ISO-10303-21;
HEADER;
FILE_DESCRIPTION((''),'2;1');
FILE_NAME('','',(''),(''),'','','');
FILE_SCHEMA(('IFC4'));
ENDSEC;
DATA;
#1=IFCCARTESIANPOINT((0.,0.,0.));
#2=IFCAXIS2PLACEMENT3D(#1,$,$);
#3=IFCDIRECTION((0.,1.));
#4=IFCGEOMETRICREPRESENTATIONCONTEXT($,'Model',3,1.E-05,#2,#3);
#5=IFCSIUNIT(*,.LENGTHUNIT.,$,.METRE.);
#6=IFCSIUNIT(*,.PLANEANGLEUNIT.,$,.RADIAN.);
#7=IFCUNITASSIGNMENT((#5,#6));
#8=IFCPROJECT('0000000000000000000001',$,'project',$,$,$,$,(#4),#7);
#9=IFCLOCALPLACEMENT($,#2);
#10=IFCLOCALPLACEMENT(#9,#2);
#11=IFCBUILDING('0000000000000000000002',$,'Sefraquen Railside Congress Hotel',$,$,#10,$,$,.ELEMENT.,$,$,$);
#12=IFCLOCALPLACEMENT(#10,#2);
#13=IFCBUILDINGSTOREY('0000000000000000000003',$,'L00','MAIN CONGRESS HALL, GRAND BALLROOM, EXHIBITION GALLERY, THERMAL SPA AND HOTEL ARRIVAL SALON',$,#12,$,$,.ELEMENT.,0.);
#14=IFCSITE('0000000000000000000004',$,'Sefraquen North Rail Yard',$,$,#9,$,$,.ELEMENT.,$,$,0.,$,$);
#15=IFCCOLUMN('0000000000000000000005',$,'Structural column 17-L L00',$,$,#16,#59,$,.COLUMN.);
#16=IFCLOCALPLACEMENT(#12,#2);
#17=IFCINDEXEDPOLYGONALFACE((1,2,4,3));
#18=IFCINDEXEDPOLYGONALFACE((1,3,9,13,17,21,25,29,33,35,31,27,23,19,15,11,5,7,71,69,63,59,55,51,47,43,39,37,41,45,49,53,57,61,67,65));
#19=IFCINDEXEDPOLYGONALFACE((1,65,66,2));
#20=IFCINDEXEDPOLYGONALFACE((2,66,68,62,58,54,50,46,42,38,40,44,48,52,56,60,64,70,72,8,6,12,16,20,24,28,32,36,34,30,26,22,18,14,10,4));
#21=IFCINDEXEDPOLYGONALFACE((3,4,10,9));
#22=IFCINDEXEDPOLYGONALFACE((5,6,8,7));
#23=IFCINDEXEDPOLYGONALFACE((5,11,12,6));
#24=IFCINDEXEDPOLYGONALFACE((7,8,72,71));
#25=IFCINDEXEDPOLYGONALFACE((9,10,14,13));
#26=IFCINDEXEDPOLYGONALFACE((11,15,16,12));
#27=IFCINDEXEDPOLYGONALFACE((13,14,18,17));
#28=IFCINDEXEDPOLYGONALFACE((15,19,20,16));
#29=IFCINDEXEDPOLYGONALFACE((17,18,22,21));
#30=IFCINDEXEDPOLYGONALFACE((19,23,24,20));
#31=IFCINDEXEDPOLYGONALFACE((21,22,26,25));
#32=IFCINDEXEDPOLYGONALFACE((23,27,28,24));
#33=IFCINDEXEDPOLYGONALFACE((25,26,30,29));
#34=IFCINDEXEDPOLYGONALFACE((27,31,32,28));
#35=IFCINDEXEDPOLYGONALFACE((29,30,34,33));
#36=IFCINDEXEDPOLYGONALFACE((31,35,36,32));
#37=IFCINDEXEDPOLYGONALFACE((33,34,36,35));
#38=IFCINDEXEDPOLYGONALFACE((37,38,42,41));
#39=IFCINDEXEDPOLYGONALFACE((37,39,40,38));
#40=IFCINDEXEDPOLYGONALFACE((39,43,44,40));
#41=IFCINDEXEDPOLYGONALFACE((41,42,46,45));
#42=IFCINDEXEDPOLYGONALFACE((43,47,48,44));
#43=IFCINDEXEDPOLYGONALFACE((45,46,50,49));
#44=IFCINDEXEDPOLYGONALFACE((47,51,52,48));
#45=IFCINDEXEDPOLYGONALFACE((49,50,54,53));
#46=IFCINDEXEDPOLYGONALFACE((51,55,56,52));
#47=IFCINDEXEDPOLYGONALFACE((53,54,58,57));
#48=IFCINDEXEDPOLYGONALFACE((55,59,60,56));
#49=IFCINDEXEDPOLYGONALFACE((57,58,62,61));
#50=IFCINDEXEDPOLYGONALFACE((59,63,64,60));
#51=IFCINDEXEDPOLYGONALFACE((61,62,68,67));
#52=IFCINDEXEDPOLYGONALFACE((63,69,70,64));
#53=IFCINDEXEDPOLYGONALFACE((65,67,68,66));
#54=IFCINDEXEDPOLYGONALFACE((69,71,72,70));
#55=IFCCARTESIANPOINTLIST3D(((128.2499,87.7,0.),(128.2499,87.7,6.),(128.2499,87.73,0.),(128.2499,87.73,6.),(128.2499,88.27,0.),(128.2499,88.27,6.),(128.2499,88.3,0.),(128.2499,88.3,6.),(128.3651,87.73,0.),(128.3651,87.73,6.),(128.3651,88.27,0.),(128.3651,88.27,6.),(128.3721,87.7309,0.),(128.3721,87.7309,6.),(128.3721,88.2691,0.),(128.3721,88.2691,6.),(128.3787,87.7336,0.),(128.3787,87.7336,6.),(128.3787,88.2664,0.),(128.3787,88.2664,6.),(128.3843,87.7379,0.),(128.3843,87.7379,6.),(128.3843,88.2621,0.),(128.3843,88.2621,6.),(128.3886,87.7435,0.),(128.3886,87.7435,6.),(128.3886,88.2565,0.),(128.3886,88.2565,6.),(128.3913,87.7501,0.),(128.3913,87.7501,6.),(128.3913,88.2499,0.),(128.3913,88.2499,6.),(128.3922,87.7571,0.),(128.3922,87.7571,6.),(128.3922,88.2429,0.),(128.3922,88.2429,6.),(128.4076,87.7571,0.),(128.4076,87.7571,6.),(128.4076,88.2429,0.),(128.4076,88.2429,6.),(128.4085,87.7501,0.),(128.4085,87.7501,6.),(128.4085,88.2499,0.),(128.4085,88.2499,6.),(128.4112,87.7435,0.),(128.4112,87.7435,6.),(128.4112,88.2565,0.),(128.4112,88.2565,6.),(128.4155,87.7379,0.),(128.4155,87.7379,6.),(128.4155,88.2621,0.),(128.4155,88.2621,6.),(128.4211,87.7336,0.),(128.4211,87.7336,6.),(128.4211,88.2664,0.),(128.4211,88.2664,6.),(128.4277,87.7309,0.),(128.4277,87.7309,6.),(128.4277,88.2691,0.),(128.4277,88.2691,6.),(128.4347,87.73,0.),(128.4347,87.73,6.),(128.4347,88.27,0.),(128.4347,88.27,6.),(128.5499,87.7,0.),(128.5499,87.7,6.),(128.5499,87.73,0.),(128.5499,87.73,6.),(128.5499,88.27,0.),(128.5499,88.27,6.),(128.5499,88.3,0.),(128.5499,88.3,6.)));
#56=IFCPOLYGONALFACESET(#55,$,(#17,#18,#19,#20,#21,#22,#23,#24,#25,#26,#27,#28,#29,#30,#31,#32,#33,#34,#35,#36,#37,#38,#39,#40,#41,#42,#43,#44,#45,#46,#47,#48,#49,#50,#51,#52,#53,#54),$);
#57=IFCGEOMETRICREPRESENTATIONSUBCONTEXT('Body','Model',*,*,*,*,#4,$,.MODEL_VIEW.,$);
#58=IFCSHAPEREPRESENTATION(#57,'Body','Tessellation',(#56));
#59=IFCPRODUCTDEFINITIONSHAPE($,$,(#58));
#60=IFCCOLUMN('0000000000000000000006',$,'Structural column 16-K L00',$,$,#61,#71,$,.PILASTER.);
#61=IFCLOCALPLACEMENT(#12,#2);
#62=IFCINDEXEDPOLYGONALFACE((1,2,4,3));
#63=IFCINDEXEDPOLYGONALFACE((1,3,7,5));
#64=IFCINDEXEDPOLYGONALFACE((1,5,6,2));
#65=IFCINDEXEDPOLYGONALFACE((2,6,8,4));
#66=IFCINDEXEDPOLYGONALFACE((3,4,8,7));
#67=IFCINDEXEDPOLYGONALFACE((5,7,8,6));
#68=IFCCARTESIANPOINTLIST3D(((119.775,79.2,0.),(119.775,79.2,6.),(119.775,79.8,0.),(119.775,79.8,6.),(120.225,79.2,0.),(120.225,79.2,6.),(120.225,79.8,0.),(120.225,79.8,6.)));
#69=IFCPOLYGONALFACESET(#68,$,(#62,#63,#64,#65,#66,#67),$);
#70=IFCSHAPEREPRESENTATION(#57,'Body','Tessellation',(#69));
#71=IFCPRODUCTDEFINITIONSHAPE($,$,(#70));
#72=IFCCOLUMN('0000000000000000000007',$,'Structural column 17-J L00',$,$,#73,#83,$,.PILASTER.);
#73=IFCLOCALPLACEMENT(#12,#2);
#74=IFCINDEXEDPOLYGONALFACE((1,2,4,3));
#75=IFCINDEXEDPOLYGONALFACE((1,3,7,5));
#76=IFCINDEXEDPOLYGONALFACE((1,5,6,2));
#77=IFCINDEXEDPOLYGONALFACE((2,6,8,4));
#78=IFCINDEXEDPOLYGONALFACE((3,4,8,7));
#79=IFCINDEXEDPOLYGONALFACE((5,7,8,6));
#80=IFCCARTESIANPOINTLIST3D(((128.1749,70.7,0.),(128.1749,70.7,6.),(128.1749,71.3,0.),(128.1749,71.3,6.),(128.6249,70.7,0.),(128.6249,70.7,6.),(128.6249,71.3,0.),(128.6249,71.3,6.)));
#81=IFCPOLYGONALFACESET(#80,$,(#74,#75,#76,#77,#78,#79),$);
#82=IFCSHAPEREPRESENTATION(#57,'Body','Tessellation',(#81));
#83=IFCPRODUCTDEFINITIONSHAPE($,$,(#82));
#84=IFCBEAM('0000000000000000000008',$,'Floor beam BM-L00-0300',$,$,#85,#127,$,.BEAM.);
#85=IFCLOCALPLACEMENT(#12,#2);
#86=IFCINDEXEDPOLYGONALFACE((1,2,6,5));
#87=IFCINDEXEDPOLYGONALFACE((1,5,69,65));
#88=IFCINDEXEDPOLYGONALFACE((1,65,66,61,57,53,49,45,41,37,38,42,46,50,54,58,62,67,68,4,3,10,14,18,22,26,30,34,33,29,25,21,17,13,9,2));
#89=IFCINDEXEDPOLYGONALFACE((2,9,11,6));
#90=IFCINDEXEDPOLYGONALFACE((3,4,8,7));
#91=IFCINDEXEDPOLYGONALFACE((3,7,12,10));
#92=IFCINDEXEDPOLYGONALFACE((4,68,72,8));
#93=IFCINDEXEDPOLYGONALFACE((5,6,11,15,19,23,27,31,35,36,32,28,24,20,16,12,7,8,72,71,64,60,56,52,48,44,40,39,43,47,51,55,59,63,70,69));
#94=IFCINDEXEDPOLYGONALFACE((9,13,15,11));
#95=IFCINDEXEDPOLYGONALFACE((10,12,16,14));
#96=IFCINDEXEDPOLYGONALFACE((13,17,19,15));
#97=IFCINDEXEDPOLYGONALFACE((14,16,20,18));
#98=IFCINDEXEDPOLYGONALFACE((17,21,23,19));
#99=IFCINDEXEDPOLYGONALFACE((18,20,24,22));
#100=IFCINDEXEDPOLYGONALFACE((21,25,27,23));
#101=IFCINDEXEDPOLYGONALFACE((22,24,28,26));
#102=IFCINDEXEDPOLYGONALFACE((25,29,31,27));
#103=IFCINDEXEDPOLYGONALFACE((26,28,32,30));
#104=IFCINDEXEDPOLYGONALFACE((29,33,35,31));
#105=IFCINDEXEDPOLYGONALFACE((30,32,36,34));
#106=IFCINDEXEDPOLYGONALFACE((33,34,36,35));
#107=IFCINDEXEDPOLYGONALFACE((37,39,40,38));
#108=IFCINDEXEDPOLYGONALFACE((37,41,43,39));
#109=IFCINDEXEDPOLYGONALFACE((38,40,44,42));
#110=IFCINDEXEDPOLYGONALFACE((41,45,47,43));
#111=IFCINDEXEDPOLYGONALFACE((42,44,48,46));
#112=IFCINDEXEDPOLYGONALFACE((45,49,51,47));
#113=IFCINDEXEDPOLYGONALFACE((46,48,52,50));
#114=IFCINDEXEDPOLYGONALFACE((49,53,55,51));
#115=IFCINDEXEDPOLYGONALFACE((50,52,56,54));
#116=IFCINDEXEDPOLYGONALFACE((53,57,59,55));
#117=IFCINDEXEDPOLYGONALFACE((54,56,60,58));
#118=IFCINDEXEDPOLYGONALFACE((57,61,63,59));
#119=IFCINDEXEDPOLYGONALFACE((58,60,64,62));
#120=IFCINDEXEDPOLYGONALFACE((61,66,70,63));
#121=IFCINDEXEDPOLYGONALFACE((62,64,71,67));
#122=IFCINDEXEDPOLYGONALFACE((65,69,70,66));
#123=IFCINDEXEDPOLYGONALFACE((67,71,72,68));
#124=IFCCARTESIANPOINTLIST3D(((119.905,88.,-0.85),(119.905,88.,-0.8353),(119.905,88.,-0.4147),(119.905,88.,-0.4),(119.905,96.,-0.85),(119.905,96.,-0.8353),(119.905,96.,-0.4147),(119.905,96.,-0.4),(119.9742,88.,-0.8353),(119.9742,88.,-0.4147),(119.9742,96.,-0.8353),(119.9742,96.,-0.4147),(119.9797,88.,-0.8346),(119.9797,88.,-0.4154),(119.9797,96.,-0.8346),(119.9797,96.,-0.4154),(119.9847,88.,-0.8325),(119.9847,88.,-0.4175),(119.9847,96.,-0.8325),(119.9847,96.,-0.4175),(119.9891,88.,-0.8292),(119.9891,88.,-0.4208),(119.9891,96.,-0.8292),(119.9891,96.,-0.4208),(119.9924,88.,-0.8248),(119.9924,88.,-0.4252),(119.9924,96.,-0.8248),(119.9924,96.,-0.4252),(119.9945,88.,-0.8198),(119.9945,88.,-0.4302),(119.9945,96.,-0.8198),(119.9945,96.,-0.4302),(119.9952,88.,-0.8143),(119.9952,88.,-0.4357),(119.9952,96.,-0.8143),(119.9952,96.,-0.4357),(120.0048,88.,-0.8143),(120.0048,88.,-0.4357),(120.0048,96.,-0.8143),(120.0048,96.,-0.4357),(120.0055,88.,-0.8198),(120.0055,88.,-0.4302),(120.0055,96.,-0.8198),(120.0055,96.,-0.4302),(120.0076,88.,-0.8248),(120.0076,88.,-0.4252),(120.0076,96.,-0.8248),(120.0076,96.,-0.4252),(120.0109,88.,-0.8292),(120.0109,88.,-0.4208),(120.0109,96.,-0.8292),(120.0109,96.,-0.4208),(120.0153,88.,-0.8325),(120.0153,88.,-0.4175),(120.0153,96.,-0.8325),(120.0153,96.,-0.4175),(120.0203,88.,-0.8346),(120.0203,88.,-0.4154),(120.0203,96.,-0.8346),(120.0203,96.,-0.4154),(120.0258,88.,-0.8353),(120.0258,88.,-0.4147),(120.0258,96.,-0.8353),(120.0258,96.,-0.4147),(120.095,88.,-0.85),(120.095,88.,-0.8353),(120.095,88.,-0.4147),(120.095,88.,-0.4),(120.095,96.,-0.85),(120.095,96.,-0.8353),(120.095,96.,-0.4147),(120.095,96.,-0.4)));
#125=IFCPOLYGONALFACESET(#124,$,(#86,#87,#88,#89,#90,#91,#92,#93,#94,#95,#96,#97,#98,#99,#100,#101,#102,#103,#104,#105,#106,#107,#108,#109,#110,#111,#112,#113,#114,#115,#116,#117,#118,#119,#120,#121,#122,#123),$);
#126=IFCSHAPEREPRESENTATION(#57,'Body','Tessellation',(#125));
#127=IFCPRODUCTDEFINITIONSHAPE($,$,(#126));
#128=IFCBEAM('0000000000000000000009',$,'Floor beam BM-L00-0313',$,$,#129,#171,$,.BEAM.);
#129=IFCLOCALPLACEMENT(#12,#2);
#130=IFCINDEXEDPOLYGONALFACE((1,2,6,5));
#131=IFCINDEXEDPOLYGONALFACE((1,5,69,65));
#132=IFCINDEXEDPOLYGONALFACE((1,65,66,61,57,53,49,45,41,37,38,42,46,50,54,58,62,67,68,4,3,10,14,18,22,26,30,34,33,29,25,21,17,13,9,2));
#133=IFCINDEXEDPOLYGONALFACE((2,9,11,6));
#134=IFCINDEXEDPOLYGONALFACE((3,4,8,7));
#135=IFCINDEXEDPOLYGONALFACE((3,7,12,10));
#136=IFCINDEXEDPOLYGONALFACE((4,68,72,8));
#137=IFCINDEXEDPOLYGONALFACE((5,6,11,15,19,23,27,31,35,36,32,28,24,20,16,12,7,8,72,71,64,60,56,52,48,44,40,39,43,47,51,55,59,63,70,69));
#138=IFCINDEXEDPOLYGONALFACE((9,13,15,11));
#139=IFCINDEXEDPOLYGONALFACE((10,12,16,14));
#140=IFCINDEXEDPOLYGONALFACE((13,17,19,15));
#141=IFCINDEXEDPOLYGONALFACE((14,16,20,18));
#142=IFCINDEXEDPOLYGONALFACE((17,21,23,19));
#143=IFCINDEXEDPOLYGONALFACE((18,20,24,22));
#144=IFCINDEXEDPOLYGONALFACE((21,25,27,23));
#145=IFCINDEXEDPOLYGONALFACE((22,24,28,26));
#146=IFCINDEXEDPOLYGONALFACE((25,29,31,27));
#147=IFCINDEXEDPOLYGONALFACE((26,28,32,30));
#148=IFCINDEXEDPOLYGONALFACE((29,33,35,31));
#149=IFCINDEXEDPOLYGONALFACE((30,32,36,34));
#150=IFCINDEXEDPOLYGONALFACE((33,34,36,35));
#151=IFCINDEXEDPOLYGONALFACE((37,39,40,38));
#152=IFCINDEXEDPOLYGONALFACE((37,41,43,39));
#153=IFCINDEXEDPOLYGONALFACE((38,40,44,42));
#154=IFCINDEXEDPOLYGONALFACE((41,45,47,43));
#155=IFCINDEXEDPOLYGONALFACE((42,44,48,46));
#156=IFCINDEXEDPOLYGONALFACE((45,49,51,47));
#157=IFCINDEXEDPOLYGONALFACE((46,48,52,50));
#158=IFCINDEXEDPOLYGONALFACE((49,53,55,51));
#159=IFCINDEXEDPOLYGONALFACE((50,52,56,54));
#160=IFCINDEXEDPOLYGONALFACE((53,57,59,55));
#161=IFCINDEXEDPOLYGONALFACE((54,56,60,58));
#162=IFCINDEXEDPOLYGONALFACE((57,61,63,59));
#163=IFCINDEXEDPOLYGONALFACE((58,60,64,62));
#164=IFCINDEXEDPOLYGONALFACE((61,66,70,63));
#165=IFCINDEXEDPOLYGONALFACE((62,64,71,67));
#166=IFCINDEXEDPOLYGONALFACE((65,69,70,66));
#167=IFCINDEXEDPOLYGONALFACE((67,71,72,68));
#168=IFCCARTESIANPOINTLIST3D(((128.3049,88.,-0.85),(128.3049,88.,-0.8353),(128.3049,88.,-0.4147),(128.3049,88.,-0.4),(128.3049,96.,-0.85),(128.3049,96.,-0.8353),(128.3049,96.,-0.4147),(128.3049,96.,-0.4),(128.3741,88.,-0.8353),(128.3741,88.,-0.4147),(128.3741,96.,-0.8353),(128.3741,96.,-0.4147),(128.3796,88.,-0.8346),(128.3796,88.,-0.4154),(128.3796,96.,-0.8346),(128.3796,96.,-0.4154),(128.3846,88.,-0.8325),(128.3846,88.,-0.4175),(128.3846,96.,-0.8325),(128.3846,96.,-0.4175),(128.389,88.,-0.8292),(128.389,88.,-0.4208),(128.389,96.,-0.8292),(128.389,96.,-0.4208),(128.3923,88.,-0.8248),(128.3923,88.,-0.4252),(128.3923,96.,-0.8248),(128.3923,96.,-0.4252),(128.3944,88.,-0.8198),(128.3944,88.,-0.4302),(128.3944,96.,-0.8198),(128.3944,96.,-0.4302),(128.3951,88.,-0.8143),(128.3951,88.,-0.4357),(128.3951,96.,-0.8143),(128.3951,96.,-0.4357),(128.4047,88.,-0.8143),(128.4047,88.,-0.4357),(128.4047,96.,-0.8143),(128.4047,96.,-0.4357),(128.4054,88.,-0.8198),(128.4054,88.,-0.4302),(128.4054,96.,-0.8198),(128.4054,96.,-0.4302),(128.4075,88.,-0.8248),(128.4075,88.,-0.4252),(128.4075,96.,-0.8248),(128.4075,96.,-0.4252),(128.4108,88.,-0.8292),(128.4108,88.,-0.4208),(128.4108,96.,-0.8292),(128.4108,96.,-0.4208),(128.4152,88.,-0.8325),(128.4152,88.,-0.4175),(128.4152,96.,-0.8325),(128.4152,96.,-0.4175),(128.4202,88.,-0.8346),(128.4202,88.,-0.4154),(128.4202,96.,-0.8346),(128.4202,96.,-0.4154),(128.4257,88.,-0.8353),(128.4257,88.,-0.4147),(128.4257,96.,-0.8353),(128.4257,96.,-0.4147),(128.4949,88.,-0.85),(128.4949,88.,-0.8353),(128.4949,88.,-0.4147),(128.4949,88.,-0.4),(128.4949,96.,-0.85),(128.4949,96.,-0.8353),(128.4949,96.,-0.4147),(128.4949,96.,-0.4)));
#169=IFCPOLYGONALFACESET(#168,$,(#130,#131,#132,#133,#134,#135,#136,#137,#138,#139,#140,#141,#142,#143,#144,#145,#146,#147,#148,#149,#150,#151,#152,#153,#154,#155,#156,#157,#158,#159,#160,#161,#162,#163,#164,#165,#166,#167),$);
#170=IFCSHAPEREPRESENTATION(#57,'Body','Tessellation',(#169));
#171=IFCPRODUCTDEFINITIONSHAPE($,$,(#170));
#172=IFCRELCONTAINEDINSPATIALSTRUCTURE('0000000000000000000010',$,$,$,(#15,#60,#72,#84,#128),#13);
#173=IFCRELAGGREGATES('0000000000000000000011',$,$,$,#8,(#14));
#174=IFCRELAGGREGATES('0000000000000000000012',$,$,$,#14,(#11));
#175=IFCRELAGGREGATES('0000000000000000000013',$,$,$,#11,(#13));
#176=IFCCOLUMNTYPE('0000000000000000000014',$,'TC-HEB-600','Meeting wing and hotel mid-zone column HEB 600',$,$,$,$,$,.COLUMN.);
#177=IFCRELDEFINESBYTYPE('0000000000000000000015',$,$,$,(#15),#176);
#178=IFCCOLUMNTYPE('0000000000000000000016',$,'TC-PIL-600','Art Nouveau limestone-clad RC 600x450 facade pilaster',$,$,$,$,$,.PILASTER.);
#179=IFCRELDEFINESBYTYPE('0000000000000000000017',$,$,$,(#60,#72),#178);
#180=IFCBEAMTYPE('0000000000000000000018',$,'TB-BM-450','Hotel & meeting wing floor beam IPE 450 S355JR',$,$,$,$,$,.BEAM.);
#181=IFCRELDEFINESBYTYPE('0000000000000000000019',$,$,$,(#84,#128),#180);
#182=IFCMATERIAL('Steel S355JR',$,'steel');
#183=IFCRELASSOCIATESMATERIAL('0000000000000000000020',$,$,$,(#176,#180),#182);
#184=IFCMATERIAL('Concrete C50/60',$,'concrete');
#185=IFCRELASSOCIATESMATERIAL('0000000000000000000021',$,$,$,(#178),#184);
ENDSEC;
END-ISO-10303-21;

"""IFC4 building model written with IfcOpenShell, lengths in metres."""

from ifc_helpers import new_model, si_unit, direction, frame, origin, origin_2d, place, context, subcontext, project, spatial, rectangle, i_section, extrude, material, material_profile, profile_set, type_object, element, save


model = new_model("IFC4")

# Units and contexts
model_context = context("Model", 3, precision=1e-05, world=origin(), true_north=direction((0.0, 1.0)))
body_context = subcontext(model_context, "Body", "Model", "MODEL_VIEW")
ifc_project = project(units=[si_unit("LENGTHUNIT", "METRE"), si_unit("PLANEANGLEUNIT", "RADIAN")], contexts=[model_context])

# Site, building, storey
site_placement = place(None, origin())
site = spatial("IfcSite", under=ifc_project, at=site_placement, Name="Sefraquen North Rail Yard", CompositionType="ELEMENT", RefElevation=0.0)
building_placement = place(site_placement, origin())
building = spatial("IfcBuilding", under=site, at=building_placement, Name="Sefraquen Railside Congress Hotel", CompositionType="ELEMENT")
storey_placement = place(building_placement, origin())
storey = spatial("IfcBuildingStorey", under=building, at=storey_placement, Name="L00", Description="MAIN CONGRESS HALL, GRAND BALLROOM, EXHIBITION GALLERY, THERMAL SPA AND HOTEL ARRIVAL SALON", CompositionType="ELEMENT", Elevation=0.0)

# Columns
ifc_material_1 = material(Name="Steel S355JR", Category="steel")
ifc_material_profile_1 = material_profile(ifc_material_1, i_section(OverallWidth=0.3, OverallDepth=0.6001, WebThickness=0.0154, FlangeThickness=0.03, FilletRadius=0.0271, at=origin_2d()), Name="HEB 600")
ifc_profile_set_1 = profile_set([ifc_material_profile_1], Name="Steel S355JR")
column_type_1 = type_object("IfcColumnType", Name="TC-HEB-600", Description="Meeting wing and hotel mid-zone column HEB 600", PredefinedType="COLUMN", material=ifc_profile_set_1)
for number, where, z_axis, x_axis, name in (
    (1, (128.3999, 88.0, 0.0), (0.0, 0.0, 1.0), (1.0, 0.0, 0.0), "Structural column 17-L L00"),
):
    element("IfcColumn", number, at=place(storey_placement, frame(where, z_axis=z_axis, x_axis=x_axis)), inside=storey, type_object=column_type_1, Name=name, PredefinedType="COLUMN", context=body_context, shape_type="SweptSolid", body=[
        extrude(i_section(OverallWidth=0.3, OverallDepth=0.6001, WebThickness=0.0154, FlangeThickness=0.03, FilletRadius=0.0271, at=origin_2d()), origin(), (0.0, 0.0, 1.0), 6.0),
    ])
ifc_material_2 = material(Name="Concrete C50/60", Category="concrete")
ifc_material_profile_2 = material_profile(ifc_material_2, rectangle(XDim=0.45, YDim=0.6001, at=origin_2d()), Name="RC 600x450")
ifc_profile_set_2 = profile_set([ifc_material_profile_2], Name="Concrete C50/60")
column_type_2 = type_object("IfcColumnType", Name="TC-PIL-600", Description="Art Nouveau limestone-clad RC 600x450 facade pilaster", PredefinedType="PILASTER", material=ifc_profile_set_2)
for number, where, z_axis, x_axis, name in (
    (2, (120.0, 79.5, 0.0), (0.0, 0.0, 1.0), (1.0, 0.0, 0.0), "Structural column 16-K L00"),
    (3, (128.3999, 71.0, 0.0), (0.0, 0.0, 1.0), (1.0, 0.0, 0.0), "Structural column 17-J L00"),
):
    element("IfcColumn", number, at=place(storey_placement, frame(where, z_axis=z_axis, x_axis=x_axis)), inside=storey, type_object=column_type_2, Name=name, PredefinedType="PILASTER", context=body_context, shape_type="SweptSolid", body=[
        extrude(rectangle(XDim=0.45, YDim=0.6001, at=origin_2d()), origin(), (0.0, 0.0, 1.0), 6.0),
    ])

# Beams
ifc_material_profile_3 = material_profile(ifc_material_1, i_section(OverallWidth=0.1899, OverallDepth=0.45, WebThickness=0.0095, FlangeThickness=0.0146, FilletRadius=0.021, at=origin_2d()), Name="IPE 450")
ifc_profile_set_3 = profile_set([ifc_material_profile_3], Name="Steel S355JR")
beam_type_1 = type_object("IfcBeamType", Name="TB-BM-450", Description="Hotel & meeting wing floor beam IPE 450 S355JR", PredefinedType="BEAM", material=ifc_profile_set_3)
for number, where, z_axis, x_axis, name in (
    (4, (120.0, 88.0, -0.625), (0.0, 1.0, 0.0), (-1.0, 0.0, 0.0), "Floor beam BM-L00-0300"),
    (5, (128.3999, 88.0, -0.625), (0.0, 1.0, 0.0), (-1.0, 0.0, 0.0), "Floor beam BM-L00-0313"),
):
    element("IfcBeam", number, at=place(storey_placement, frame(where, z_axis=z_axis, x_axis=x_axis)), inside=storey, type_object=beam_type_1, Name=name, PredefinedType="BEAM", context=body_context, shape_type="SweptSolid", body=[
        extrude(i_section(OverallWidth=0.1899, OverallDepth=0.45, WebThickness=0.0095, FlangeThickness=0.0146, FilletRadius=0.021, at=origin_2d()), origin(), (0.0, 0.0, 1.0), 8.0),
    ])

save(model, "model.ifc")
